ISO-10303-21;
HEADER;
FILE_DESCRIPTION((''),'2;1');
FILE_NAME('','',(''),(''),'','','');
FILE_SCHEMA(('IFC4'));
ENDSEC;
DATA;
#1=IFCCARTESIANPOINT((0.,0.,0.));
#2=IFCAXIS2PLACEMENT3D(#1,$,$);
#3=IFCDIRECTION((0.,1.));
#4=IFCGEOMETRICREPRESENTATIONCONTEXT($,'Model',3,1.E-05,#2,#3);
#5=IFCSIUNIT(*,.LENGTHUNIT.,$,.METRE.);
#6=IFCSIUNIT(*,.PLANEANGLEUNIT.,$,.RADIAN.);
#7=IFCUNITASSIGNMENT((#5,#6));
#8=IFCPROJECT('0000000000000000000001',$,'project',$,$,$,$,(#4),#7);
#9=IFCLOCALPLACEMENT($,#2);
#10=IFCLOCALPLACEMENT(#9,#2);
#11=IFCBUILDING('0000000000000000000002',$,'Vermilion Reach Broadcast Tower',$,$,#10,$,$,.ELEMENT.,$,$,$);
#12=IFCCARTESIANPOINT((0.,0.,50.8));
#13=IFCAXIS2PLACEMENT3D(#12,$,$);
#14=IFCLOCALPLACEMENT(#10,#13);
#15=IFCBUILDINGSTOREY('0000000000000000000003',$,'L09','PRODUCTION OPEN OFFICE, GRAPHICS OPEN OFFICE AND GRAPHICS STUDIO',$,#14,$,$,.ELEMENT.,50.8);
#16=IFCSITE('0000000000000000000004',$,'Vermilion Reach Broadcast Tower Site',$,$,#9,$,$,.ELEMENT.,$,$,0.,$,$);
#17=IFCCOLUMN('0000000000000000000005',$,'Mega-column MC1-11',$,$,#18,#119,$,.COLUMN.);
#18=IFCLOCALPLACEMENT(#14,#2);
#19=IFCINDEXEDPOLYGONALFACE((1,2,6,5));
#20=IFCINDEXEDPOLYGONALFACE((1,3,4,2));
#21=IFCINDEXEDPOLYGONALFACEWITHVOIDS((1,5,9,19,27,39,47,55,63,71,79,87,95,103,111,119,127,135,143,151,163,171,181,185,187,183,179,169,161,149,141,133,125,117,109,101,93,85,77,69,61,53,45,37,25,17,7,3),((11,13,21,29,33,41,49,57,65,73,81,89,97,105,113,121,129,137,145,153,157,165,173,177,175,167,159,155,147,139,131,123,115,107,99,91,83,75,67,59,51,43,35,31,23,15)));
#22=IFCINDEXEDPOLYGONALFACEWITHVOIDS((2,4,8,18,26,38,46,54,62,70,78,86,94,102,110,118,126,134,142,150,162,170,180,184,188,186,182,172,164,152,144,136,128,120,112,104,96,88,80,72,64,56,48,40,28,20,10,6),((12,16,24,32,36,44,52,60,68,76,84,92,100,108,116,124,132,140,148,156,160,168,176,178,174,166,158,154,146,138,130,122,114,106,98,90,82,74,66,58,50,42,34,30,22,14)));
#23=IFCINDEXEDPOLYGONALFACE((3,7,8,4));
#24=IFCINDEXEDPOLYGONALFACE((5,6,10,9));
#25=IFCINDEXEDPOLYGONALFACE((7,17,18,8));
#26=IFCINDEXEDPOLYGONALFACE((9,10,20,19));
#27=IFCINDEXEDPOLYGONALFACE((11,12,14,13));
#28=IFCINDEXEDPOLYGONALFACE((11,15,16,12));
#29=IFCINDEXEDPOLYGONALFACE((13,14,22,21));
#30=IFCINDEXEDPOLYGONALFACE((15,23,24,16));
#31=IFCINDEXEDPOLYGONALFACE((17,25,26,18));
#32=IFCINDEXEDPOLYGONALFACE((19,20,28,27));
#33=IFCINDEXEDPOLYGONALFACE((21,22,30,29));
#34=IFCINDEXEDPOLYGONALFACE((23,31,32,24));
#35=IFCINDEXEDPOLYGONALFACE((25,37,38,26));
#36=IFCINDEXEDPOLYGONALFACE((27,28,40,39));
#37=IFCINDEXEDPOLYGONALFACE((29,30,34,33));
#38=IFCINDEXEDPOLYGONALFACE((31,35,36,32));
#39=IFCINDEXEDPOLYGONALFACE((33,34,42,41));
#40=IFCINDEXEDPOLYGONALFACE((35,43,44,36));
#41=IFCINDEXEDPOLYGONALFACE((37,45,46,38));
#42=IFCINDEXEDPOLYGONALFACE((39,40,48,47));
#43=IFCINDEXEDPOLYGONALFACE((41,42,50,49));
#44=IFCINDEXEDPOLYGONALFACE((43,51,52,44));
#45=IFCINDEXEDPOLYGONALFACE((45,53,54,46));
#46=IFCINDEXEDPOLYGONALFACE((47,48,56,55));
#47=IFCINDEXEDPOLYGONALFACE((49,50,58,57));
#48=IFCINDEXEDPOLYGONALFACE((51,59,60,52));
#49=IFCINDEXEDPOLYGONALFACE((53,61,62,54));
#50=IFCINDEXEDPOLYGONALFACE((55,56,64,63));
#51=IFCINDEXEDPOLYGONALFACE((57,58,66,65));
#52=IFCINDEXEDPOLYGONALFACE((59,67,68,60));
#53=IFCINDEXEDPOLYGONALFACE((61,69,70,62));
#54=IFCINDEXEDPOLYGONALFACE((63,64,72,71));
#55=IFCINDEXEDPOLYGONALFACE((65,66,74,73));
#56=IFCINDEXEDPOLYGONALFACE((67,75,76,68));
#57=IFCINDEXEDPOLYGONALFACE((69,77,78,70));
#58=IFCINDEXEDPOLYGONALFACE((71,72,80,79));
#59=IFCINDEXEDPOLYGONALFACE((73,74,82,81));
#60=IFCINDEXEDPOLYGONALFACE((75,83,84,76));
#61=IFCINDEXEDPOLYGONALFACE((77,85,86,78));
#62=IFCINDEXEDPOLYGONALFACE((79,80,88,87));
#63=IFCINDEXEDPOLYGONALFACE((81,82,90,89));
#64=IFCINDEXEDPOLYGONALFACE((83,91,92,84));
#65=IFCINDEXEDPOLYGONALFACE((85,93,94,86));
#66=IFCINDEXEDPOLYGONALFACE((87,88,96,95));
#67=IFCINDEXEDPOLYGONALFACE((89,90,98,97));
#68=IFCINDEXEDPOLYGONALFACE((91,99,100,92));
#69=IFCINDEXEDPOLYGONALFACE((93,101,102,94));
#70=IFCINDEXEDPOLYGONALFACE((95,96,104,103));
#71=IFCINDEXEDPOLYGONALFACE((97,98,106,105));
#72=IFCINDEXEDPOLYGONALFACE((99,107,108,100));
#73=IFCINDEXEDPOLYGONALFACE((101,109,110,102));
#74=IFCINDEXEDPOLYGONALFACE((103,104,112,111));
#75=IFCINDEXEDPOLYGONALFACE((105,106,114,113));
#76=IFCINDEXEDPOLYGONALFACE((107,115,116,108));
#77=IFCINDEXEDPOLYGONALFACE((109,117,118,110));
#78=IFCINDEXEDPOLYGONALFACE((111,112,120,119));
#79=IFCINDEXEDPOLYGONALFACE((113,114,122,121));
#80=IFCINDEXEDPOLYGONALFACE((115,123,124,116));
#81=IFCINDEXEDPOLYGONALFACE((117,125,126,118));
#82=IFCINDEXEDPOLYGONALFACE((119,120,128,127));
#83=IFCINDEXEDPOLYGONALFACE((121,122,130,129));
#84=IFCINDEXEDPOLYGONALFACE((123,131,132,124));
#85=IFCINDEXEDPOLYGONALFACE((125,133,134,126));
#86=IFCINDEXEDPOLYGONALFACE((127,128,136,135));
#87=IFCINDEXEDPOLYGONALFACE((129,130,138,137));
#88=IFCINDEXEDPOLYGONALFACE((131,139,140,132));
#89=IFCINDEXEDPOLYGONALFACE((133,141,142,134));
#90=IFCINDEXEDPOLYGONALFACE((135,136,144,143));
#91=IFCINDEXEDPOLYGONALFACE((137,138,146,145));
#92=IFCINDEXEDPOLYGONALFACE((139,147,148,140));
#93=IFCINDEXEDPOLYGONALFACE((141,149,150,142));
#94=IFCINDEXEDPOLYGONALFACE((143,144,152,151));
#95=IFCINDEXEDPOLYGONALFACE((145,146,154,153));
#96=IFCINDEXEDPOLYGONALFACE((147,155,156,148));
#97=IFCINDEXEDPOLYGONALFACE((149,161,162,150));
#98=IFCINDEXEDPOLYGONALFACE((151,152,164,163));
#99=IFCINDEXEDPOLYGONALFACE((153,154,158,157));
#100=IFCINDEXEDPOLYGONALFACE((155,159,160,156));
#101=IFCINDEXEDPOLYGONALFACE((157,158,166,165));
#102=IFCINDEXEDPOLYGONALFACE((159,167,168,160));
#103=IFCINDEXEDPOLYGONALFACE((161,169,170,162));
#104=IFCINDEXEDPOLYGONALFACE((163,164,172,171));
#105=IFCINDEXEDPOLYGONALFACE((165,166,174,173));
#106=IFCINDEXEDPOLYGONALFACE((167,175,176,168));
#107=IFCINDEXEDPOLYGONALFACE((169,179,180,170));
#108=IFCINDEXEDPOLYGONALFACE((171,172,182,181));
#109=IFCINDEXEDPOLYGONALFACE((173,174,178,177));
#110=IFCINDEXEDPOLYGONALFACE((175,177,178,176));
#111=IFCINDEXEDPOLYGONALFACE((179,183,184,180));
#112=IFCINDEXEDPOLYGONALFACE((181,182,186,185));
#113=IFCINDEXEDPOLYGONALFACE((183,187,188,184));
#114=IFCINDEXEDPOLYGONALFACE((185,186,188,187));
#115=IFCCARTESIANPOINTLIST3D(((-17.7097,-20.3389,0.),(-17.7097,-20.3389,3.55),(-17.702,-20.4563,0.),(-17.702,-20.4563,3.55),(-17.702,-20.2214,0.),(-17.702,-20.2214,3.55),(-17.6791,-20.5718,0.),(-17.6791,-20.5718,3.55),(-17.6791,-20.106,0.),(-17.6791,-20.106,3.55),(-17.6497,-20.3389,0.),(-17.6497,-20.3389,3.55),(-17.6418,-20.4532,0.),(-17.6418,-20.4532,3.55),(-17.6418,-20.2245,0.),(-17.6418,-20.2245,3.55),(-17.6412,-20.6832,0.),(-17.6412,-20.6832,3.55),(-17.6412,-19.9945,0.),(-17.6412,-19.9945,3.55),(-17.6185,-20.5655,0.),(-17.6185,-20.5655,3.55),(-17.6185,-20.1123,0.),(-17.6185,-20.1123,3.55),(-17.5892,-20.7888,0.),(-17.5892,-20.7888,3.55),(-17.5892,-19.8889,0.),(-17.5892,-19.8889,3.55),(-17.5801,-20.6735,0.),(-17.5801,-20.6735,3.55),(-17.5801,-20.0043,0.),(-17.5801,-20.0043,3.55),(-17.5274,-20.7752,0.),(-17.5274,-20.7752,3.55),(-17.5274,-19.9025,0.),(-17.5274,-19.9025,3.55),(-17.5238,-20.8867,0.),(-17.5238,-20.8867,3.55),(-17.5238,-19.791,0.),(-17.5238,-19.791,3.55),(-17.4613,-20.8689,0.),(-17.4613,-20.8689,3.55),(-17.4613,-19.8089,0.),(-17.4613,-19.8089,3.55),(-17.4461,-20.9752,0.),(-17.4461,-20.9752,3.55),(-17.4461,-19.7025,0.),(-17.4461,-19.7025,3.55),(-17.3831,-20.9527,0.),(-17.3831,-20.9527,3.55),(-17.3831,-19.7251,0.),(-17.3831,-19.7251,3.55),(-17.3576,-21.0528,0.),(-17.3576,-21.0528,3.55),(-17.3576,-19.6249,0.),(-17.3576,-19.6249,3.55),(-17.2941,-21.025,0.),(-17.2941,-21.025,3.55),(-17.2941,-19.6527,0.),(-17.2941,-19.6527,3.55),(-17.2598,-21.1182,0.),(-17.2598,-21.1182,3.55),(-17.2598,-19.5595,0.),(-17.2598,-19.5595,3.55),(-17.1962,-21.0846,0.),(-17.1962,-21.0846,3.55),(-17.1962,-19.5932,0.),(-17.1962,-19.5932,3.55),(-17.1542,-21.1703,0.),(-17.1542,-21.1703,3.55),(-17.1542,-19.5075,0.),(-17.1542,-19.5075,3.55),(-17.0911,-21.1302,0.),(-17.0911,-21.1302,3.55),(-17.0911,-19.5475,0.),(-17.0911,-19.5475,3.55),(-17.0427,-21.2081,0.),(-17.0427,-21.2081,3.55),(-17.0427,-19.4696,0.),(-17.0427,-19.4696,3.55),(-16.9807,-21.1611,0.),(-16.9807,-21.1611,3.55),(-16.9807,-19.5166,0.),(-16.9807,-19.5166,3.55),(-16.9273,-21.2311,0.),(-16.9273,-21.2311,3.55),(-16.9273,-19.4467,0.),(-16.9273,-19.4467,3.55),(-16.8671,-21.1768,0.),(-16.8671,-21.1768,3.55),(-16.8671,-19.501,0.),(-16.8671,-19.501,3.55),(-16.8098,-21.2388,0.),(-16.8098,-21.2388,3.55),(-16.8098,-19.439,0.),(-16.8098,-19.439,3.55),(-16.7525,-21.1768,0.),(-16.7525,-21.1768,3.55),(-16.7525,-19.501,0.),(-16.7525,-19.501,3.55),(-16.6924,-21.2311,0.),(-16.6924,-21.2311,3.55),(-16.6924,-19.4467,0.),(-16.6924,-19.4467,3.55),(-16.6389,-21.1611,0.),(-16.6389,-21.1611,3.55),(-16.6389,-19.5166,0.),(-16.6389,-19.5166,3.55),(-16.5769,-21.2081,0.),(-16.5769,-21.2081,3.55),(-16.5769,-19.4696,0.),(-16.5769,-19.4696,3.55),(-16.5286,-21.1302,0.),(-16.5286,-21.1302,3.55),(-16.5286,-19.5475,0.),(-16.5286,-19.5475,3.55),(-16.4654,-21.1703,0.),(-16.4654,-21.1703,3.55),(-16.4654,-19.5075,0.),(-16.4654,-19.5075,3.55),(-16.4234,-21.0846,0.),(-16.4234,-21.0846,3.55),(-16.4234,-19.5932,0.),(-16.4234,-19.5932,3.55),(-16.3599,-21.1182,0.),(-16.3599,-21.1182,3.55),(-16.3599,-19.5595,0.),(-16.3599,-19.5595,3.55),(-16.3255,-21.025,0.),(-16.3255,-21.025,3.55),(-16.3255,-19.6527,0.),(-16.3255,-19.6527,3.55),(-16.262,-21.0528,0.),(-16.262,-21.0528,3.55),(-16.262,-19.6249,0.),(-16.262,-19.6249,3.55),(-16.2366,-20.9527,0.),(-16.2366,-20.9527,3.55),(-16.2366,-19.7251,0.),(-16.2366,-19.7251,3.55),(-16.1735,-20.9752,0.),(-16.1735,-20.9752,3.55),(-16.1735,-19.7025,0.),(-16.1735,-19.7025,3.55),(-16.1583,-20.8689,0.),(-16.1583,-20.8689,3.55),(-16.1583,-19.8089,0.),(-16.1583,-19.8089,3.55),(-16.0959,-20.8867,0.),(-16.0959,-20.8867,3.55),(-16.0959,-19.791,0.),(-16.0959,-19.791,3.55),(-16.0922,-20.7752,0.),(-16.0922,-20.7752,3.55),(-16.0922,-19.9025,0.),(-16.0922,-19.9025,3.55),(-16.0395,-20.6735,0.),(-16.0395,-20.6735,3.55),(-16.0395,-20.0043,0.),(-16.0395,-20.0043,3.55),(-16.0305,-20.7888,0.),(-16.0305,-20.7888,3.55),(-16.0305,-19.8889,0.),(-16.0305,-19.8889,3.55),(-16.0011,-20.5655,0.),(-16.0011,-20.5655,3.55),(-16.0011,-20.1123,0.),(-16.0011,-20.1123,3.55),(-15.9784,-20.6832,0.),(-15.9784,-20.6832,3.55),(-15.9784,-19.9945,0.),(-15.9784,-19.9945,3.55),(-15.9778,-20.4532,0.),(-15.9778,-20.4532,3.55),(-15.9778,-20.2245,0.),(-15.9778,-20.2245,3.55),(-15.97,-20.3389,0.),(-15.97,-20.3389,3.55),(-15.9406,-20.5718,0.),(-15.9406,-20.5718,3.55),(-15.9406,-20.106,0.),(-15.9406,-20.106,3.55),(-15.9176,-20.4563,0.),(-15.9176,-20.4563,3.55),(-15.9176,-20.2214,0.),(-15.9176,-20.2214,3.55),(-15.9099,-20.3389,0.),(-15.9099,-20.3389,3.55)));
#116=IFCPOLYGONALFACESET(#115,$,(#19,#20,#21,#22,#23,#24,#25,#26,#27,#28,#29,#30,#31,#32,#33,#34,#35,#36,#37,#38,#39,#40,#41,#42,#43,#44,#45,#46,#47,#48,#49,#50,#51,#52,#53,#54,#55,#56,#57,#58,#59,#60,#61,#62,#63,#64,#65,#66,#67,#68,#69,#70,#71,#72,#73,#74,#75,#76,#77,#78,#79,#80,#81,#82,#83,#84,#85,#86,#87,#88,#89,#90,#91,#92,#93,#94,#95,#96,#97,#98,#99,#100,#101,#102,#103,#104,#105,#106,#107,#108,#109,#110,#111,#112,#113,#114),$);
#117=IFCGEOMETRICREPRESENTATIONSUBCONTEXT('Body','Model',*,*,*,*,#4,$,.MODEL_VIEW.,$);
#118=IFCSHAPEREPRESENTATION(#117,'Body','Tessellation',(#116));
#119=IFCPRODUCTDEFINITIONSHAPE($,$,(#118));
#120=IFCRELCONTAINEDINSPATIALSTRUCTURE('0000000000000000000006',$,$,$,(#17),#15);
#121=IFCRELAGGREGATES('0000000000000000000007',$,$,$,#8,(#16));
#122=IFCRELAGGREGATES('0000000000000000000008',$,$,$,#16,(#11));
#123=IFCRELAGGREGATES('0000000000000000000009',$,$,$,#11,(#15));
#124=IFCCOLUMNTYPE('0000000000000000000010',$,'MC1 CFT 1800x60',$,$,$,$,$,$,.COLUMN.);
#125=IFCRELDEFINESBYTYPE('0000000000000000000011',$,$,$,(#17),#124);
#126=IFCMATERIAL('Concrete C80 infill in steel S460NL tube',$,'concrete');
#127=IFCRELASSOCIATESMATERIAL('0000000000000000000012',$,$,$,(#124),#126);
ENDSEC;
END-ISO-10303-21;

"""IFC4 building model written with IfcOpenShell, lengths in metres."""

from ifc_helpers import new_model, si_unit, direction, frame, origin, origin_2d, place, context, subcontext, project, spatial, hollow_circle, extrude, material, material_profile, profile_set, type_object, element, save


model = new_model("IFC4")

# Units and contexts
model_context = context("Model", 3, precision=1e-05, world=origin(), true_north=direction((0.0, 1.0)))
body_context = subcontext(model_context, "Body", "Model", "MODEL_VIEW")
ifc_project = project(units=[si_unit("LENGTHUNIT", "METRE"), si_unit("PLANEANGLEUNIT", "RADIAN")], contexts=[model_context])

# Site, building, storey
site_placement = place(None, origin())
site = spatial("IfcSite", under=ifc_project, at=site_placement, Name="Vermilion Reach Broadcast Tower Site", CompositionType="ELEMENT", RefElevation=0.0)
building_placement = place(site_placement, origin())
building = spatial("IfcBuilding", under=site, at=building_placement, Name="Vermilion Reach Broadcast Tower", CompositionType="ELEMENT")
storey_placement = place(building_placement, frame((0.0, 0.0, 50.8)))
storey = spatial("IfcBuildingStorey", under=building, at=storey_placement, Name="L09", Description="PRODUCTION OPEN OFFICE, GRAPHICS OPEN OFFICE AND GRAPHICS STUDIO", CompositionType="ELEMENT", Elevation=50.8)

# Column
ifc_material_1 = material(Name="Concrete C80 infill in steel S460NL tube", Category="concrete")
ifc_material_profile_1 = material_profile(ifc_material_1, hollow_circle(Radius=0.8999, WallThickness=0.0601, at=origin_2d()), Name="Concrete C80 infill in steel S460NL tube CFT 1800x60")
ifc_profile_set_1 = profile_set([ifc_material_profile_1], Name="Concrete C80 infill in steel S460NL tube")
column_type = type_object("IfcColumnType", Name="MC1 CFT 1800x60", PredefinedType="COLUMN", material=ifc_profile_set_1)
for number, where, z_axis, x_axis, name in (
    (1, (-16.8098, -20.3389, 0.0), (0.0, 0.0, 1.0), (1.0, 0.0, 0.0), "Mega-column MC1-11"),
):
    element("IfcColumn", number, at=place(storey_placement, frame(where, z_axis=z_axis, x_axis=x_axis)), inside=storey, type_object=column_type, Name=name, PredefinedType="COLUMN", context=body_context, shape_type="SweptSolid", body=[
        extrude(hollow_circle(Radius=0.8999, WallThickness=0.0601, at=origin_2d()), origin(), (0.0, 0.0, 1.0), 3.55),
    ])

save(model, "model.ifc")
